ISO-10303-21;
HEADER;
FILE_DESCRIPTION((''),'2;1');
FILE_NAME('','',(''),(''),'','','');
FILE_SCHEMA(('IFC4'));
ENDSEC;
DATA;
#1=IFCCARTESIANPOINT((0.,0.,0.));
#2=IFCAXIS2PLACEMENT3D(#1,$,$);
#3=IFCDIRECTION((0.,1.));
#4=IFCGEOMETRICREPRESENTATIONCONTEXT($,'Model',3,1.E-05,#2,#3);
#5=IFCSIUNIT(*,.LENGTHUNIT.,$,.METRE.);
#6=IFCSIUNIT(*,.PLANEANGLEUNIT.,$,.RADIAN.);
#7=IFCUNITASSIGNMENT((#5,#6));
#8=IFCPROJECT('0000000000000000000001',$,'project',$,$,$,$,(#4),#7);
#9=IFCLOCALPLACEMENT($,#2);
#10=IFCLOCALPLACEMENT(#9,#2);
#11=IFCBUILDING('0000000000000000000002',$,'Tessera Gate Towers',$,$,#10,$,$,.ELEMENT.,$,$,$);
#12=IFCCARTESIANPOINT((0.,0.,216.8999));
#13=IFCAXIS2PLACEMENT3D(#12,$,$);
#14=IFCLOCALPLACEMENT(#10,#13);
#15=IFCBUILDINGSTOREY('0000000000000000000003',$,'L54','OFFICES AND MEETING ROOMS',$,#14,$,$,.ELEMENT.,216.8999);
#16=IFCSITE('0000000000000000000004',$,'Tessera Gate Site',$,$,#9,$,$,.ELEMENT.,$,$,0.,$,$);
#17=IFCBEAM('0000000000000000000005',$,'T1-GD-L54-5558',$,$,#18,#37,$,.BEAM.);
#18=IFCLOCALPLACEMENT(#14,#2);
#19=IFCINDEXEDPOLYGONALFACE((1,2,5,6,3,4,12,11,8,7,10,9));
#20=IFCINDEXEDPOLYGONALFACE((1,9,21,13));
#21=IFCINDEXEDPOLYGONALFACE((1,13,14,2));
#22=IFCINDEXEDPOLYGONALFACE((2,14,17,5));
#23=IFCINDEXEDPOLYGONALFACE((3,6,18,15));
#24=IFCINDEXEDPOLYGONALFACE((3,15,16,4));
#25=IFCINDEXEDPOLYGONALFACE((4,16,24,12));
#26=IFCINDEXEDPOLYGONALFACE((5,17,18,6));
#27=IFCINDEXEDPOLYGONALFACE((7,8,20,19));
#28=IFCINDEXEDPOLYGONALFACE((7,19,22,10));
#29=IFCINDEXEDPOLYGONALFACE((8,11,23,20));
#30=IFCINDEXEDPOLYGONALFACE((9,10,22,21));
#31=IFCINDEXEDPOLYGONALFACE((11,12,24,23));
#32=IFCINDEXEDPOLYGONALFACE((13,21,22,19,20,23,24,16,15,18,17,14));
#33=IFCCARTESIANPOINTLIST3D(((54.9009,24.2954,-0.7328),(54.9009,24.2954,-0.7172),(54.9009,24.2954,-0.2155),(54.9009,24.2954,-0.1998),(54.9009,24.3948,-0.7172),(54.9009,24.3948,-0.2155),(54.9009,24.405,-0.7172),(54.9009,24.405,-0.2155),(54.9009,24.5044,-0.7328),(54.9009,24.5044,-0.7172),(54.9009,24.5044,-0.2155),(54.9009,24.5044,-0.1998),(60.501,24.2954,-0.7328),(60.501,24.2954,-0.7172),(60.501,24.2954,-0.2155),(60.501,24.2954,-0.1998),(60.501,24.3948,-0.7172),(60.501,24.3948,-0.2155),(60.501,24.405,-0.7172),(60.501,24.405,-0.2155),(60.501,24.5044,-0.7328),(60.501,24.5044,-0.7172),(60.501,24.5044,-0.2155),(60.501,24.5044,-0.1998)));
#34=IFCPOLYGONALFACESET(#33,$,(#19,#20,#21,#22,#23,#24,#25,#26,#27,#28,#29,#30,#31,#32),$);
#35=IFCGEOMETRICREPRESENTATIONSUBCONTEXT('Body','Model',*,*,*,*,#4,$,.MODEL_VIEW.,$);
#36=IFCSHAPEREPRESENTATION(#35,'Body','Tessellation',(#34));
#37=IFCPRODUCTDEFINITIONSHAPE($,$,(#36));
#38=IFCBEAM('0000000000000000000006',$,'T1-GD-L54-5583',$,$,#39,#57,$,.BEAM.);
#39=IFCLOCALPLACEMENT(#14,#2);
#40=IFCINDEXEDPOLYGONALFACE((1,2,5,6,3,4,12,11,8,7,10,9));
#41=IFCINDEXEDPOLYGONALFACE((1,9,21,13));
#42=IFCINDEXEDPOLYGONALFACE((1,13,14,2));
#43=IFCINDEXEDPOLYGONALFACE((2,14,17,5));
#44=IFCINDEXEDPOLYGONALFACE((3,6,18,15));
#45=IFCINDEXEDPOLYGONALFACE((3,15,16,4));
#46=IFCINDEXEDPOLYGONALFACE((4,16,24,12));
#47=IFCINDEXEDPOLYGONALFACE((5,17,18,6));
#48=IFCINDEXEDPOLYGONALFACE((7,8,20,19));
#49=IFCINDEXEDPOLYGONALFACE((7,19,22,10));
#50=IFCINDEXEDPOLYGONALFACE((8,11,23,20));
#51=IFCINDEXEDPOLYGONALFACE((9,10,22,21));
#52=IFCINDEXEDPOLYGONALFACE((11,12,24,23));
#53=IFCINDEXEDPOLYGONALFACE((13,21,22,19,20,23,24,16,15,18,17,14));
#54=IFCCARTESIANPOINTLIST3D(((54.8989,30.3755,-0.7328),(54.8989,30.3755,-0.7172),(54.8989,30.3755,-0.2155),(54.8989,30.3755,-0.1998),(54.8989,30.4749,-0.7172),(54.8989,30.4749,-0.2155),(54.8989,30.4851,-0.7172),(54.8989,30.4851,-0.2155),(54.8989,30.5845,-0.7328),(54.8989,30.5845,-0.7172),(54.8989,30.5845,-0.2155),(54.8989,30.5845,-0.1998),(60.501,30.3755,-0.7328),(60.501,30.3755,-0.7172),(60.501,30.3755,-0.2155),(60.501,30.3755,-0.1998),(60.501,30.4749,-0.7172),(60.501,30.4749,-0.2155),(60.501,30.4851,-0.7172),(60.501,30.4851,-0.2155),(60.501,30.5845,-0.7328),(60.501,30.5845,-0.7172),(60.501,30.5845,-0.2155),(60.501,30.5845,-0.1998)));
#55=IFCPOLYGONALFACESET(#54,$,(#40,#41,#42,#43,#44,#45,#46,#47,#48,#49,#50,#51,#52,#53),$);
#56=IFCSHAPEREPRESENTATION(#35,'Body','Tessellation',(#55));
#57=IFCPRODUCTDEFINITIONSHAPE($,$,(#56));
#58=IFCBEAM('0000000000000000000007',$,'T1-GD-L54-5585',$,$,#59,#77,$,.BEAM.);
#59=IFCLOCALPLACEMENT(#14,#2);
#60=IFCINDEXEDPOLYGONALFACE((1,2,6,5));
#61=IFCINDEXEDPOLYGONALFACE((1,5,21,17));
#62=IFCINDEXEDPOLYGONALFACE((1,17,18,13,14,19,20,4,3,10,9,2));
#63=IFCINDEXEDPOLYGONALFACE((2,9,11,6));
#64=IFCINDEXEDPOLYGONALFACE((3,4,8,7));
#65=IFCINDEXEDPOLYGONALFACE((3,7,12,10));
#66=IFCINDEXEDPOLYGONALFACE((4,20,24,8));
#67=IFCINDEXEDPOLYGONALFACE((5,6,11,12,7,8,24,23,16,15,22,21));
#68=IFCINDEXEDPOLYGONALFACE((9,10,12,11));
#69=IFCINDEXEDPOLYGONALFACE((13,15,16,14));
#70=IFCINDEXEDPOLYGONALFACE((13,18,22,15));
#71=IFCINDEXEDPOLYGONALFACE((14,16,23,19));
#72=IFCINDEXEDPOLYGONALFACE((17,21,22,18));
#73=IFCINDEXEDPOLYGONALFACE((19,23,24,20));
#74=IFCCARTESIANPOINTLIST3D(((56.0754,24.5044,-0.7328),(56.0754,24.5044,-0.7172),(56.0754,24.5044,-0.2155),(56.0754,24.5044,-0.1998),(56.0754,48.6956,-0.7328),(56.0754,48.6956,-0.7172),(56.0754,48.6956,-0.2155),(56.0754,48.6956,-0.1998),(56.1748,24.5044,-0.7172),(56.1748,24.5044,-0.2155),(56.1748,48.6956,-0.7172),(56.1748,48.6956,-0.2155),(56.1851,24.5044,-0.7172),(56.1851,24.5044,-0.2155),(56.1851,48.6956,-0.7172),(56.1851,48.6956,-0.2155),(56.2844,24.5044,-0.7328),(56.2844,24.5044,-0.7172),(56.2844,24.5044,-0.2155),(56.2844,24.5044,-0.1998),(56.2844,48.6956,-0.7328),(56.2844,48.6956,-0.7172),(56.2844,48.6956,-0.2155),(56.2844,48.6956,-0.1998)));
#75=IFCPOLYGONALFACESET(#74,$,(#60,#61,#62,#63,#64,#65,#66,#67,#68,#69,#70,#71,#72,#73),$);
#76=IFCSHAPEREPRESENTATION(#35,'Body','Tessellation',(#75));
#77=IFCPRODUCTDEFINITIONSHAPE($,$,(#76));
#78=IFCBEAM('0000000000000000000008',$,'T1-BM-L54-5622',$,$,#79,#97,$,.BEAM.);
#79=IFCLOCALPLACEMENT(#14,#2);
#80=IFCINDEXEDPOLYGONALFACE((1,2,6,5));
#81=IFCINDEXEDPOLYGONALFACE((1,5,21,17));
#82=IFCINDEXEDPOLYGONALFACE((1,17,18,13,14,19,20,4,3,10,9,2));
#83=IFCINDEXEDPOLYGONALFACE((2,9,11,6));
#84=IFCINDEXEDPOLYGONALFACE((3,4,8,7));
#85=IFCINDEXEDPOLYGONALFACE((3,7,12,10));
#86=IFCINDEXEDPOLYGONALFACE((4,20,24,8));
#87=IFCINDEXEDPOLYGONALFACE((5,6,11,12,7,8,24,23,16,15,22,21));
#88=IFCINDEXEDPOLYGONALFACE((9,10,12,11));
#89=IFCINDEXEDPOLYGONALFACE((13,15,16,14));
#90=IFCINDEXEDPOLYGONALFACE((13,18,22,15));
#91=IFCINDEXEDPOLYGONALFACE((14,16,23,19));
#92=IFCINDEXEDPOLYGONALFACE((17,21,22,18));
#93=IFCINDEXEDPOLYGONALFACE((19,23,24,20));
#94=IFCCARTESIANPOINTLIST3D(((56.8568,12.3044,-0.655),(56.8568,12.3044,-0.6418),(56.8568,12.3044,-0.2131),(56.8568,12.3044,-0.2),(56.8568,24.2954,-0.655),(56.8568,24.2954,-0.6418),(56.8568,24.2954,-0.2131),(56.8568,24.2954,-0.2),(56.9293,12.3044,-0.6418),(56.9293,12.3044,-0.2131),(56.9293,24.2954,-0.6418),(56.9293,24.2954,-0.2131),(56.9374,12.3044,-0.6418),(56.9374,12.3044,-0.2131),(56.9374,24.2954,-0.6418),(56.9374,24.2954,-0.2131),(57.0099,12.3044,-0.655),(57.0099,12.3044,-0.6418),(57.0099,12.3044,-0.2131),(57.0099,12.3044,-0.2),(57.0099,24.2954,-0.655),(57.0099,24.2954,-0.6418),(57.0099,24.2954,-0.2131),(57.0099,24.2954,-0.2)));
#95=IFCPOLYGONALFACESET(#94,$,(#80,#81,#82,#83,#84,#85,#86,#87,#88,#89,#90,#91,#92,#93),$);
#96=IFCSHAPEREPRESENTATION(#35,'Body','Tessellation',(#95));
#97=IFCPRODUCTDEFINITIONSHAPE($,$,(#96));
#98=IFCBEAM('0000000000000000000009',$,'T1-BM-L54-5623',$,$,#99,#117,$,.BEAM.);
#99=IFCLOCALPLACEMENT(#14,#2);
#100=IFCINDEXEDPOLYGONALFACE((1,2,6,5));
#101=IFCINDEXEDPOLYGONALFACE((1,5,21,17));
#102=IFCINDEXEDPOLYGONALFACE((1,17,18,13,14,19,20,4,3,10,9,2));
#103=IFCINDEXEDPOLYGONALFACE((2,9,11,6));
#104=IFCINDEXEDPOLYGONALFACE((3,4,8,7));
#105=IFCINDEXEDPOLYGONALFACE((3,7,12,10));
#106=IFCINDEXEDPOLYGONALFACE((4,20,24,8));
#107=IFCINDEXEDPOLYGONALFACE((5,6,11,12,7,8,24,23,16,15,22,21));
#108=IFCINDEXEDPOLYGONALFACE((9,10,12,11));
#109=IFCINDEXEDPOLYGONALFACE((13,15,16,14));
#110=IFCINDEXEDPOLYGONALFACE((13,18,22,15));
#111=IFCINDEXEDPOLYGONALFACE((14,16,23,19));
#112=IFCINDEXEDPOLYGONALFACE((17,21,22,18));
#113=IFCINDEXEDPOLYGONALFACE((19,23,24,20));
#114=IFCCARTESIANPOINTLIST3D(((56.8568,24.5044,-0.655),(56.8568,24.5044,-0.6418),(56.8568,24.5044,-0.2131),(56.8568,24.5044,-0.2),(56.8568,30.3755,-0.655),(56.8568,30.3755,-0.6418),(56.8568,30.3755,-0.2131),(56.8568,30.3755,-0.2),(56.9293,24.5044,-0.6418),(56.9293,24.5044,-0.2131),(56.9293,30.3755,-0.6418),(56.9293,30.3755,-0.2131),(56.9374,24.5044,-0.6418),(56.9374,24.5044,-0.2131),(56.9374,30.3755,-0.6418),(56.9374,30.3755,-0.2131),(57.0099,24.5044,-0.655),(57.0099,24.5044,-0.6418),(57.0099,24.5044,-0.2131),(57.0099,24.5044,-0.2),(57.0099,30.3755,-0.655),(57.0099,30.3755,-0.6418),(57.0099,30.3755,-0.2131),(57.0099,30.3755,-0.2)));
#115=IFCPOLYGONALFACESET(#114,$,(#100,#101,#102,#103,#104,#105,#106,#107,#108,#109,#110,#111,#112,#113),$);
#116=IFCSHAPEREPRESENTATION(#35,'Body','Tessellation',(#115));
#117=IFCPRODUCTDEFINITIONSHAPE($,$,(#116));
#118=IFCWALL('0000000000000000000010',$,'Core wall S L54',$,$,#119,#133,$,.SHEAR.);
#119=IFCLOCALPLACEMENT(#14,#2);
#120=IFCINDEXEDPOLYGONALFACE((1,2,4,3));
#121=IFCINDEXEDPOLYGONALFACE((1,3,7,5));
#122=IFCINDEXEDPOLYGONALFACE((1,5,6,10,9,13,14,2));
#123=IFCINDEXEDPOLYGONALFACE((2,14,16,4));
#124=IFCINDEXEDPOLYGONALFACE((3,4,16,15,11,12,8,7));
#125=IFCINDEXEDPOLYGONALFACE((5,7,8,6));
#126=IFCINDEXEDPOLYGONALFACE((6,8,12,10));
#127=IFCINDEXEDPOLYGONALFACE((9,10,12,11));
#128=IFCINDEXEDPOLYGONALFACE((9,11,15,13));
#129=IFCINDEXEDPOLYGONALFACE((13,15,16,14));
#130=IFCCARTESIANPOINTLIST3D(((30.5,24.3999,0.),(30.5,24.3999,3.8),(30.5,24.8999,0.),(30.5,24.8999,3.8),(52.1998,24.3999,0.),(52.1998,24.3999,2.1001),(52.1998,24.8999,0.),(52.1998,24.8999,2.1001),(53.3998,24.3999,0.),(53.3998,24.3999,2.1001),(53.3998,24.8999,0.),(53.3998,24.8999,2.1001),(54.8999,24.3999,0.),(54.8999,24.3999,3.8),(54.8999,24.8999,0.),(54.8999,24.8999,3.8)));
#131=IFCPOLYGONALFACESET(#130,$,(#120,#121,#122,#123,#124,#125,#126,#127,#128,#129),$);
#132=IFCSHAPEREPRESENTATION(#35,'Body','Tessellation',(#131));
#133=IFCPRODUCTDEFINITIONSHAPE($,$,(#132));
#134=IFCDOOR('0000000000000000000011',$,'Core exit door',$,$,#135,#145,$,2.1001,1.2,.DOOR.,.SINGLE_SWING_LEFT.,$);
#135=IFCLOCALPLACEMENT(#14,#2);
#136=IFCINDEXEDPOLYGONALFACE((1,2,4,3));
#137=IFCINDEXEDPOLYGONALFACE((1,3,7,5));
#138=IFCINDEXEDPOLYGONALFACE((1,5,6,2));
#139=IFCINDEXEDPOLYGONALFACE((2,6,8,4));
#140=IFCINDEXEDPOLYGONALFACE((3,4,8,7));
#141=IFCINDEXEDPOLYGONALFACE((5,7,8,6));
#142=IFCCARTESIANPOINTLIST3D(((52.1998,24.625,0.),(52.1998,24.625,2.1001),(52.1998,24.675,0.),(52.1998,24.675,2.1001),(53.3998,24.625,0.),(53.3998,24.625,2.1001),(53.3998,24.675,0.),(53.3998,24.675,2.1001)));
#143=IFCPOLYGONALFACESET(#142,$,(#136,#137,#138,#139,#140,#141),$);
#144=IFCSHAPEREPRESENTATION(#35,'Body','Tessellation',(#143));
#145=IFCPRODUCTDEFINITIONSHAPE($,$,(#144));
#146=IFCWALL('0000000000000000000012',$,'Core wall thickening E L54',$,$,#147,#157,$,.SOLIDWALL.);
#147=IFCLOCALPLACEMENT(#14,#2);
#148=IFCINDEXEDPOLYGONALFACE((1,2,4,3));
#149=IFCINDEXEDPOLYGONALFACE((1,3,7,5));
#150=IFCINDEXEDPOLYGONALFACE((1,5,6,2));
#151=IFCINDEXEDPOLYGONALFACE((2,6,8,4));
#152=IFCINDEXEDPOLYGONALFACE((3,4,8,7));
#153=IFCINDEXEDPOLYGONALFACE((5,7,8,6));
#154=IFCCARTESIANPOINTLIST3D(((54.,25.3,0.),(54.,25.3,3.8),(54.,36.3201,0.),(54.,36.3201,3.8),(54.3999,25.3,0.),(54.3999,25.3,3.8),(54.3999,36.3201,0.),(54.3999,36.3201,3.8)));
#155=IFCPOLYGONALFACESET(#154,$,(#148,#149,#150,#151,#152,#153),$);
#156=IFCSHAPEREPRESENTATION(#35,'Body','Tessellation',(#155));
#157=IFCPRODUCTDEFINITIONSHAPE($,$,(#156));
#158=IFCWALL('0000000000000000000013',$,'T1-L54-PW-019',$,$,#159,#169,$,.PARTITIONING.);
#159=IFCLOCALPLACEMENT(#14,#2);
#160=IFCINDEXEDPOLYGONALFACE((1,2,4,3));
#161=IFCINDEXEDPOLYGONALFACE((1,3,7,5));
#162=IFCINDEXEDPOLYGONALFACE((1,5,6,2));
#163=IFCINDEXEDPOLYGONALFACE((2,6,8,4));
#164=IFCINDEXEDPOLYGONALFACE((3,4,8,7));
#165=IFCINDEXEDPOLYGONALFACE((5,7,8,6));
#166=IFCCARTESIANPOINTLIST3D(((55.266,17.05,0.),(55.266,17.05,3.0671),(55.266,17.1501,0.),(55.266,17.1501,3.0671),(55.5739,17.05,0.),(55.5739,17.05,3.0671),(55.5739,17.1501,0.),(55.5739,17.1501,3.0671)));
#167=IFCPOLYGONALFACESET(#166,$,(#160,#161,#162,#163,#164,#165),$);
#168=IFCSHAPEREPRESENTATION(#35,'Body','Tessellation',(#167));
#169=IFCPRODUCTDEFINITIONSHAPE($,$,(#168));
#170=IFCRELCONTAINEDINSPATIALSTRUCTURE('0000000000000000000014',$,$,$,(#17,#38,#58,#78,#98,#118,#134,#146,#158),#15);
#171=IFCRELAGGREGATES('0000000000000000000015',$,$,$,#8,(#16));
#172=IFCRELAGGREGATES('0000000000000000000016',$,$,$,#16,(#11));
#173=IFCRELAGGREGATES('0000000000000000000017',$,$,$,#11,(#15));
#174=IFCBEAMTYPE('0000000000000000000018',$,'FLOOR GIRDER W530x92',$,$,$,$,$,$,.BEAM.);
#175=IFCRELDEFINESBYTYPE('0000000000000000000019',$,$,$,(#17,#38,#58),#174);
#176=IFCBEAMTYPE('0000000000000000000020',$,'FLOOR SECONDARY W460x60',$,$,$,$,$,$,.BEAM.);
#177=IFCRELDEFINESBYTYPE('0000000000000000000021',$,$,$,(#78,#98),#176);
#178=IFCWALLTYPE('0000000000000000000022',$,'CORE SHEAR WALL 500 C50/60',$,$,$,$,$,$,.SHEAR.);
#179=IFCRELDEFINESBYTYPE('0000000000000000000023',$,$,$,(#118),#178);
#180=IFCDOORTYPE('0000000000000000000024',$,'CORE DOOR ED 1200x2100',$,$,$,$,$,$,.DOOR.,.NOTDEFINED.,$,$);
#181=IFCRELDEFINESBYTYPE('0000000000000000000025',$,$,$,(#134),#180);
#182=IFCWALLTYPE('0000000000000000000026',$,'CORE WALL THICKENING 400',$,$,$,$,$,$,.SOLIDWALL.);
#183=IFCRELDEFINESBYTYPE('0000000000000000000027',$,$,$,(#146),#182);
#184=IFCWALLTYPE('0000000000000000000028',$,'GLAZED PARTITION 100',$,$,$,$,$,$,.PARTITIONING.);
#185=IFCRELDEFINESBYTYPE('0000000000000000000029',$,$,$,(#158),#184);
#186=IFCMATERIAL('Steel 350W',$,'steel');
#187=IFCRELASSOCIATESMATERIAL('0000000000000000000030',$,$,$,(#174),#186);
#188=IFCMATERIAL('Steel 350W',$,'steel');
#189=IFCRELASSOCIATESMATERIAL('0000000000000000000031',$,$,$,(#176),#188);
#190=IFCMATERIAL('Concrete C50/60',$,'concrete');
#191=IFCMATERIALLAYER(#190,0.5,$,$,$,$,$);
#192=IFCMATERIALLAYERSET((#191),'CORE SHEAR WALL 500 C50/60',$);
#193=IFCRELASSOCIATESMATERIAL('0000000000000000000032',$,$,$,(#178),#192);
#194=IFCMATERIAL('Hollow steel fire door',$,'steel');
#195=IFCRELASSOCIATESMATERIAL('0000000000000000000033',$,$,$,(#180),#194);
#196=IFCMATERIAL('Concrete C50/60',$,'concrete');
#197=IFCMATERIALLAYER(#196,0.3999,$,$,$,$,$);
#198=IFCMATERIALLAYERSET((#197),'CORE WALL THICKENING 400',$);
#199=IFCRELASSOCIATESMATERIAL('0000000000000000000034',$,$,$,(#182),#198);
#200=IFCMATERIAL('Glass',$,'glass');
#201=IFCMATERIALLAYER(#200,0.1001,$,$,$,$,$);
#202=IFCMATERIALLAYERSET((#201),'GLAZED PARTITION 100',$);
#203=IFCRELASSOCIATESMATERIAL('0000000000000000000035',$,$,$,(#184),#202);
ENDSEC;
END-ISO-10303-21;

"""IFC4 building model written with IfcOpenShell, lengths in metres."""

from ifc_helpers import new_model, si_unit, direction, frame, frame_2d, origin, origin_2d, place, context, subcontext, project, spatial, rectangle, i_section, extrude, source, transform, mapped, material, layer, layer_set, material_profile, profile_set, type_object, element, fill, save


model = new_model("IFC4")

# Units and contexts
model_context = context("Model", 3, precision=1e-05, world=origin(), true_north=direction((0.0, 1.0)))
body_context = subcontext(model_context, "Body", "Model", "MODEL_VIEW")
ifc_project = project(units=[si_unit("LENGTHUNIT", "METRE"), si_unit("PLANEANGLEUNIT", "RADIAN")], contexts=[model_context])

# Site, building, storey
site_placement = place(None, origin())
site = spatial("IfcSite", under=ifc_project, at=site_placement, Name="Tessera Gate Site", CompositionType="ELEMENT", RefElevation=0.0)
building_placement = place(site_placement, origin())
building = spatial("IfcBuilding", under=site, at=building_placement, Name="Tessera Gate Towers", CompositionType="ELEMENT")
storey_placement = place(building_placement, frame((0.0, 0.0, 216.8999)))
storey = spatial("IfcBuildingStorey", under=building, at=storey_placement, Name="L54", Description="OFFICES AND MEETING ROOMS", CompositionType="ELEMENT", Elevation=216.8999)

# Beams
ifc_material_1 = material(Name="Steel 350W", Category="steel")
ifc_material_profile_1 = material_profile(ifc_material_1, i_section(OverallWidth=0.209, OverallDepth=0.533, WebThickness=0.0103, FlangeThickness=0.0156, at=origin_2d()), Name="W530x92")
ifc_profile_set_1 = profile_set([ifc_material_profile_1], Name="Steel 350W")
beam_type_1 = type_object("IfcBeamType", Name="FLOOR GIRDER W530x92", PredefinedType="BEAM", material=ifc_profile_set_1)
beam_1_placement = place(storey_placement, frame((54.9009, 24.3999, -0.4663), z_axis=(1.0, 0.0, 0.0), x_axis=(0.0, 1.0, 0.0)))
element("IfcBeam", 1, at=beam_1_placement, inside=storey, type_object=beam_type_1, Name="T1-GD-L54-5558", PredefinedType="BEAM", context=body_context, shape_type="SweptSolid", body=[
    extrude(i_section(OverallWidth=0.209, OverallDepth=0.533, WebThickness=0.0103, FlangeThickness=0.0156, at=origin_2d()), origin(), (0.0, 0.0, 1.0), 5.6001),
])
beam_2_placement = place(storey_placement, frame((54.8989, 30.48, -0.4663), z_axis=(1.0, 0.0, 0.0), x_axis=(0.0, 1.0, 0.0)))
element("IfcBeam", 2, at=beam_2_placement, inside=storey, type_object=beam_type_1, Name="T1-GD-L54-5583", PredefinedType="BEAM", context=body_context, shape_type="SweptSolid", body=[
    extrude(i_section(OverallWidth=0.209, OverallDepth=0.533, WebThickness=0.0103, FlangeThickness=0.0156, at=origin_2d()), origin(), (0.0, 0.0, 1.0), 5.6021),
])
beam_3_placement = place(storey_placement, frame((56.1799, 24.5044, -0.4663), z_axis=(0.0, 1.0, 0.0), x_axis=(-1.0, 0.0, 0.0)))
element("IfcBeam", 3, at=beam_3_placement, inside=storey, type_object=beam_type_1, Name="T1-GD-L54-5585", PredefinedType="BEAM", context=body_context, shape_type="SweptSolid", body=[
    extrude(i_section(OverallWidth=0.209, OverallDepth=0.533, WebThickness=0.0103, FlangeThickness=0.0156, at=origin_2d()), origin(), (0.0, 0.0, 1.0), 24.1912),
])
ifc_material_2 = material(Name="Steel 350W", Category="steel")
ifc_material_profile_2 = material_profile(ifc_material_2, i_section(OverallWidth=0.1531, OverallDepth=0.4551, WebThickness=0.0081, FlangeThickness=0.0132, at=origin_2d()), Name="W460x60")
ifc_profile_set_2 = profile_set([ifc_material_profile_2], Name="Steel 350W")
beam_type_2 = type_object("IfcBeamType", Name="FLOOR SECONDARY W460x60", PredefinedType="BEAM", material=ifc_profile_set_2)
beam_4_placement = place(storey_placement, frame((56.9333, 12.3044, -0.4275), z_axis=(0.0, 1.0, 0.0), x_axis=(-1.0, 0.0, 0.0)))
element("IfcBeam", 4, at=beam_4_placement, inside=storey, type_object=beam_type_2, Name="T1-BM-L54-5622", PredefinedType="BEAM", context=body_context, shape_type="SweptSolid", body=[
    extrude(i_section(OverallWidth=0.1531, OverallDepth=0.4551, WebThickness=0.0081, FlangeThickness=0.0132, at=origin_2d()), origin(), (0.0, 0.0, 1.0), 11.991),
])
beam_5_placement = place(storey_placement, frame((56.9333, 24.5044, -0.4275), z_axis=(0.0, 1.0, 0.0), x_axis=(-1.0, 0.0, 0.0)))
element("IfcBeam", 5, at=beam_5_placement, inside=storey, type_object=beam_type_2, Name="T1-BM-L54-5623", PredefinedType="BEAM", context=body_context, shape_type="SweptSolid", body=[
    extrude(i_section(OverallWidth=0.1531, OverallDepth=0.4551, WebThickness=0.0081, FlangeThickness=0.0132, at=origin_2d()), origin(), (0.0, 0.0, 1.0), 5.8711),
])

# Wall, opening, door
ifc_material_3 = material(Name="Concrete C50/60", Category="concrete")
ifc_layer_1 = layer(ifc_material_3, 0.5)
ifc_layer_set_1 = layer_set([ifc_layer_1], Name="CORE SHEAR WALL 500 C50/60")
wall_type_1 = type_object("IfcWallType", Name="CORE SHEAR WALL 500 C50/60", PredefinedType="SHEAR", material=ifc_layer_set_1)
wall_1_placement = place(storey_placement, frame((54.8999, 24.6499, 0.0), z_axis=(0.0, 0.0, 1.0), x_axis=(-1.0, 0.0, 0.0)))
wall_1 = element("IfcWall", 6, at=wall_1_placement, inside=storey, type_object=wall_type_1, Name="Core wall S L54", PredefinedType="SHEAR", context=body_context, shape_type="SweptSolid", body=[
    extrude(rectangle(XDim=24.3999, YDim=0.5, at=frame_2d((12.2, 0.0))), origin(), (0.0, 0.0, 1.0), 3.8),
])
shared_shape_1 = source(origin(), body_context, "Body", "SweptSolid", [
    extrude(rectangle(XDim=1.2, YDim=2.1001, at=frame_2d((0.6001, 1.05))), frame((0.0, 0.26, 0.0), z_axis=(0.0, -1.0, 0.0), x_axis=(1.0, 0.0, 0.0)), (0.0, 0.0, 1.0), 0.52),
])
opening_1_placement = place(wall_1_placement, frame((1.5, 0.0, 0.0)))
opening_1 = element("IfcOpeningElement", 7, at=opening_1_placement, cuts=wall_1, PredefinedType="OPENING", context=body_context, shape_type="MappedRepresentation", body=[
    mapped(shared_shape_1, transform((0.0, 0.0, 0.0), scale=1.0)),
])
ifc_material_4 = material(Name="Hollow steel fire door", Category="steel")
door_type_1 = type_object("IfcDoorType", Name="CORE DOOR ED 1200x2100", OperationType="NOTDEFINED", PredefinedType="DOOR", material=ifc_material_4)
shared_shape_2 = source(origin(), body_context, "Body", "SweptSolid", [
    extrude(rectangle(XDim=1.2, YDim=2.1001, at=frame_2d((0.6001, 1.05))), frame((0.0, 0.0249, 0.0), z_axis=(0.0, -1.0, 0.0), x_axis=(1.0, 0.0, 0.0)), (0.0, 0.0, 1.0), 0.05),
])
door_1_placement = place(opening_1_placement, origin())
door_1 = element("IfcDoor", 8, at=door_1_placement, inside=storey, type_object=door_type_1, Name="Core exit door", OperationType="SINGLE_SWING_LEFT", OverallHeight=2.1001, OverallWidth=1.2, PredefinedType="DOOR", context=body_context, shape_type="MappedRepresentation", body=[
    mapped(shared_shape_2, transform((0.0, 0.0, 0.0), scale=1.0)),
])
fill(opening_1, door_1)

# Walls
ifc_material_5 = material(Name="Concrete C50/60", Category="concrete")
ifc_layer_2 = layer(ifc_material_5, 0.3999)
ifc_layer_set_2 = layer_set([ifc_layer_2], Name="CORE WALL THICKENING 400")
wall_type_2 = type_object("IfcWallType", Name="CORE WALL THICKENING 400", PredefinedType="SOLIDWALL", material=ifc_layer_set_2)
wall_2_placement = place(storey_placement, frame((54.2, 25.3, 0.0), z_axis=(0.0, 0.0, 1.0), x_axis=(0.0, 1.0, 0.0)))
element("IfcWall", 9, at=wall_2_placement, inside=storey, type_object=wall_type_2, Name="Core wall thickening E L54", PredefinedType="SOLIDWALL", context=body_context, shape_type="SweptSolid", body=[
    extrude(rectangle(XDim=11.02, YDim=0.3999, at=frame_2d((5.51, 0.0))), origin(), (0.0, 0.0, 1.0), 3.8),
])
ifc_material_6 = material(Name="Glass", Category="glass")
ifc_layer_3 = layer(ifc_material_6, 0.1001)
ifc_layer_set_3 = layer_set([ifc_layer_3], Name="GLAZED PARTITION 100")
wall_type_3 = type_object("IfcWallType", Name="GLAZED PARTITION 100", PredefinedType="PARTITIONING", material=ifc_layer_set_3)
wall_3_placement = place(storey_placement, frame((55.2661, 17.1001, 0.0), z_axis=(0.0, 0.0, 1.0), x_axis=(1.0, 0.0, 0.0)))
element("IfcWall", 10, at=wall_3_placement, inside=storey, type_object=wall_type_3, Name="T1-L54-PW-019", PredefinedType="PARTITIONING", context=body_context, shape_type="SweptSolid", body=[
    extrude(rectangle(XDim=0.3079, YDim=0.1001, at=frame_2d((0.1538, 0.0))), origin(), (0.0, 0.0, 1.0), 3.0671),
])

save(model, "model.ifc")
